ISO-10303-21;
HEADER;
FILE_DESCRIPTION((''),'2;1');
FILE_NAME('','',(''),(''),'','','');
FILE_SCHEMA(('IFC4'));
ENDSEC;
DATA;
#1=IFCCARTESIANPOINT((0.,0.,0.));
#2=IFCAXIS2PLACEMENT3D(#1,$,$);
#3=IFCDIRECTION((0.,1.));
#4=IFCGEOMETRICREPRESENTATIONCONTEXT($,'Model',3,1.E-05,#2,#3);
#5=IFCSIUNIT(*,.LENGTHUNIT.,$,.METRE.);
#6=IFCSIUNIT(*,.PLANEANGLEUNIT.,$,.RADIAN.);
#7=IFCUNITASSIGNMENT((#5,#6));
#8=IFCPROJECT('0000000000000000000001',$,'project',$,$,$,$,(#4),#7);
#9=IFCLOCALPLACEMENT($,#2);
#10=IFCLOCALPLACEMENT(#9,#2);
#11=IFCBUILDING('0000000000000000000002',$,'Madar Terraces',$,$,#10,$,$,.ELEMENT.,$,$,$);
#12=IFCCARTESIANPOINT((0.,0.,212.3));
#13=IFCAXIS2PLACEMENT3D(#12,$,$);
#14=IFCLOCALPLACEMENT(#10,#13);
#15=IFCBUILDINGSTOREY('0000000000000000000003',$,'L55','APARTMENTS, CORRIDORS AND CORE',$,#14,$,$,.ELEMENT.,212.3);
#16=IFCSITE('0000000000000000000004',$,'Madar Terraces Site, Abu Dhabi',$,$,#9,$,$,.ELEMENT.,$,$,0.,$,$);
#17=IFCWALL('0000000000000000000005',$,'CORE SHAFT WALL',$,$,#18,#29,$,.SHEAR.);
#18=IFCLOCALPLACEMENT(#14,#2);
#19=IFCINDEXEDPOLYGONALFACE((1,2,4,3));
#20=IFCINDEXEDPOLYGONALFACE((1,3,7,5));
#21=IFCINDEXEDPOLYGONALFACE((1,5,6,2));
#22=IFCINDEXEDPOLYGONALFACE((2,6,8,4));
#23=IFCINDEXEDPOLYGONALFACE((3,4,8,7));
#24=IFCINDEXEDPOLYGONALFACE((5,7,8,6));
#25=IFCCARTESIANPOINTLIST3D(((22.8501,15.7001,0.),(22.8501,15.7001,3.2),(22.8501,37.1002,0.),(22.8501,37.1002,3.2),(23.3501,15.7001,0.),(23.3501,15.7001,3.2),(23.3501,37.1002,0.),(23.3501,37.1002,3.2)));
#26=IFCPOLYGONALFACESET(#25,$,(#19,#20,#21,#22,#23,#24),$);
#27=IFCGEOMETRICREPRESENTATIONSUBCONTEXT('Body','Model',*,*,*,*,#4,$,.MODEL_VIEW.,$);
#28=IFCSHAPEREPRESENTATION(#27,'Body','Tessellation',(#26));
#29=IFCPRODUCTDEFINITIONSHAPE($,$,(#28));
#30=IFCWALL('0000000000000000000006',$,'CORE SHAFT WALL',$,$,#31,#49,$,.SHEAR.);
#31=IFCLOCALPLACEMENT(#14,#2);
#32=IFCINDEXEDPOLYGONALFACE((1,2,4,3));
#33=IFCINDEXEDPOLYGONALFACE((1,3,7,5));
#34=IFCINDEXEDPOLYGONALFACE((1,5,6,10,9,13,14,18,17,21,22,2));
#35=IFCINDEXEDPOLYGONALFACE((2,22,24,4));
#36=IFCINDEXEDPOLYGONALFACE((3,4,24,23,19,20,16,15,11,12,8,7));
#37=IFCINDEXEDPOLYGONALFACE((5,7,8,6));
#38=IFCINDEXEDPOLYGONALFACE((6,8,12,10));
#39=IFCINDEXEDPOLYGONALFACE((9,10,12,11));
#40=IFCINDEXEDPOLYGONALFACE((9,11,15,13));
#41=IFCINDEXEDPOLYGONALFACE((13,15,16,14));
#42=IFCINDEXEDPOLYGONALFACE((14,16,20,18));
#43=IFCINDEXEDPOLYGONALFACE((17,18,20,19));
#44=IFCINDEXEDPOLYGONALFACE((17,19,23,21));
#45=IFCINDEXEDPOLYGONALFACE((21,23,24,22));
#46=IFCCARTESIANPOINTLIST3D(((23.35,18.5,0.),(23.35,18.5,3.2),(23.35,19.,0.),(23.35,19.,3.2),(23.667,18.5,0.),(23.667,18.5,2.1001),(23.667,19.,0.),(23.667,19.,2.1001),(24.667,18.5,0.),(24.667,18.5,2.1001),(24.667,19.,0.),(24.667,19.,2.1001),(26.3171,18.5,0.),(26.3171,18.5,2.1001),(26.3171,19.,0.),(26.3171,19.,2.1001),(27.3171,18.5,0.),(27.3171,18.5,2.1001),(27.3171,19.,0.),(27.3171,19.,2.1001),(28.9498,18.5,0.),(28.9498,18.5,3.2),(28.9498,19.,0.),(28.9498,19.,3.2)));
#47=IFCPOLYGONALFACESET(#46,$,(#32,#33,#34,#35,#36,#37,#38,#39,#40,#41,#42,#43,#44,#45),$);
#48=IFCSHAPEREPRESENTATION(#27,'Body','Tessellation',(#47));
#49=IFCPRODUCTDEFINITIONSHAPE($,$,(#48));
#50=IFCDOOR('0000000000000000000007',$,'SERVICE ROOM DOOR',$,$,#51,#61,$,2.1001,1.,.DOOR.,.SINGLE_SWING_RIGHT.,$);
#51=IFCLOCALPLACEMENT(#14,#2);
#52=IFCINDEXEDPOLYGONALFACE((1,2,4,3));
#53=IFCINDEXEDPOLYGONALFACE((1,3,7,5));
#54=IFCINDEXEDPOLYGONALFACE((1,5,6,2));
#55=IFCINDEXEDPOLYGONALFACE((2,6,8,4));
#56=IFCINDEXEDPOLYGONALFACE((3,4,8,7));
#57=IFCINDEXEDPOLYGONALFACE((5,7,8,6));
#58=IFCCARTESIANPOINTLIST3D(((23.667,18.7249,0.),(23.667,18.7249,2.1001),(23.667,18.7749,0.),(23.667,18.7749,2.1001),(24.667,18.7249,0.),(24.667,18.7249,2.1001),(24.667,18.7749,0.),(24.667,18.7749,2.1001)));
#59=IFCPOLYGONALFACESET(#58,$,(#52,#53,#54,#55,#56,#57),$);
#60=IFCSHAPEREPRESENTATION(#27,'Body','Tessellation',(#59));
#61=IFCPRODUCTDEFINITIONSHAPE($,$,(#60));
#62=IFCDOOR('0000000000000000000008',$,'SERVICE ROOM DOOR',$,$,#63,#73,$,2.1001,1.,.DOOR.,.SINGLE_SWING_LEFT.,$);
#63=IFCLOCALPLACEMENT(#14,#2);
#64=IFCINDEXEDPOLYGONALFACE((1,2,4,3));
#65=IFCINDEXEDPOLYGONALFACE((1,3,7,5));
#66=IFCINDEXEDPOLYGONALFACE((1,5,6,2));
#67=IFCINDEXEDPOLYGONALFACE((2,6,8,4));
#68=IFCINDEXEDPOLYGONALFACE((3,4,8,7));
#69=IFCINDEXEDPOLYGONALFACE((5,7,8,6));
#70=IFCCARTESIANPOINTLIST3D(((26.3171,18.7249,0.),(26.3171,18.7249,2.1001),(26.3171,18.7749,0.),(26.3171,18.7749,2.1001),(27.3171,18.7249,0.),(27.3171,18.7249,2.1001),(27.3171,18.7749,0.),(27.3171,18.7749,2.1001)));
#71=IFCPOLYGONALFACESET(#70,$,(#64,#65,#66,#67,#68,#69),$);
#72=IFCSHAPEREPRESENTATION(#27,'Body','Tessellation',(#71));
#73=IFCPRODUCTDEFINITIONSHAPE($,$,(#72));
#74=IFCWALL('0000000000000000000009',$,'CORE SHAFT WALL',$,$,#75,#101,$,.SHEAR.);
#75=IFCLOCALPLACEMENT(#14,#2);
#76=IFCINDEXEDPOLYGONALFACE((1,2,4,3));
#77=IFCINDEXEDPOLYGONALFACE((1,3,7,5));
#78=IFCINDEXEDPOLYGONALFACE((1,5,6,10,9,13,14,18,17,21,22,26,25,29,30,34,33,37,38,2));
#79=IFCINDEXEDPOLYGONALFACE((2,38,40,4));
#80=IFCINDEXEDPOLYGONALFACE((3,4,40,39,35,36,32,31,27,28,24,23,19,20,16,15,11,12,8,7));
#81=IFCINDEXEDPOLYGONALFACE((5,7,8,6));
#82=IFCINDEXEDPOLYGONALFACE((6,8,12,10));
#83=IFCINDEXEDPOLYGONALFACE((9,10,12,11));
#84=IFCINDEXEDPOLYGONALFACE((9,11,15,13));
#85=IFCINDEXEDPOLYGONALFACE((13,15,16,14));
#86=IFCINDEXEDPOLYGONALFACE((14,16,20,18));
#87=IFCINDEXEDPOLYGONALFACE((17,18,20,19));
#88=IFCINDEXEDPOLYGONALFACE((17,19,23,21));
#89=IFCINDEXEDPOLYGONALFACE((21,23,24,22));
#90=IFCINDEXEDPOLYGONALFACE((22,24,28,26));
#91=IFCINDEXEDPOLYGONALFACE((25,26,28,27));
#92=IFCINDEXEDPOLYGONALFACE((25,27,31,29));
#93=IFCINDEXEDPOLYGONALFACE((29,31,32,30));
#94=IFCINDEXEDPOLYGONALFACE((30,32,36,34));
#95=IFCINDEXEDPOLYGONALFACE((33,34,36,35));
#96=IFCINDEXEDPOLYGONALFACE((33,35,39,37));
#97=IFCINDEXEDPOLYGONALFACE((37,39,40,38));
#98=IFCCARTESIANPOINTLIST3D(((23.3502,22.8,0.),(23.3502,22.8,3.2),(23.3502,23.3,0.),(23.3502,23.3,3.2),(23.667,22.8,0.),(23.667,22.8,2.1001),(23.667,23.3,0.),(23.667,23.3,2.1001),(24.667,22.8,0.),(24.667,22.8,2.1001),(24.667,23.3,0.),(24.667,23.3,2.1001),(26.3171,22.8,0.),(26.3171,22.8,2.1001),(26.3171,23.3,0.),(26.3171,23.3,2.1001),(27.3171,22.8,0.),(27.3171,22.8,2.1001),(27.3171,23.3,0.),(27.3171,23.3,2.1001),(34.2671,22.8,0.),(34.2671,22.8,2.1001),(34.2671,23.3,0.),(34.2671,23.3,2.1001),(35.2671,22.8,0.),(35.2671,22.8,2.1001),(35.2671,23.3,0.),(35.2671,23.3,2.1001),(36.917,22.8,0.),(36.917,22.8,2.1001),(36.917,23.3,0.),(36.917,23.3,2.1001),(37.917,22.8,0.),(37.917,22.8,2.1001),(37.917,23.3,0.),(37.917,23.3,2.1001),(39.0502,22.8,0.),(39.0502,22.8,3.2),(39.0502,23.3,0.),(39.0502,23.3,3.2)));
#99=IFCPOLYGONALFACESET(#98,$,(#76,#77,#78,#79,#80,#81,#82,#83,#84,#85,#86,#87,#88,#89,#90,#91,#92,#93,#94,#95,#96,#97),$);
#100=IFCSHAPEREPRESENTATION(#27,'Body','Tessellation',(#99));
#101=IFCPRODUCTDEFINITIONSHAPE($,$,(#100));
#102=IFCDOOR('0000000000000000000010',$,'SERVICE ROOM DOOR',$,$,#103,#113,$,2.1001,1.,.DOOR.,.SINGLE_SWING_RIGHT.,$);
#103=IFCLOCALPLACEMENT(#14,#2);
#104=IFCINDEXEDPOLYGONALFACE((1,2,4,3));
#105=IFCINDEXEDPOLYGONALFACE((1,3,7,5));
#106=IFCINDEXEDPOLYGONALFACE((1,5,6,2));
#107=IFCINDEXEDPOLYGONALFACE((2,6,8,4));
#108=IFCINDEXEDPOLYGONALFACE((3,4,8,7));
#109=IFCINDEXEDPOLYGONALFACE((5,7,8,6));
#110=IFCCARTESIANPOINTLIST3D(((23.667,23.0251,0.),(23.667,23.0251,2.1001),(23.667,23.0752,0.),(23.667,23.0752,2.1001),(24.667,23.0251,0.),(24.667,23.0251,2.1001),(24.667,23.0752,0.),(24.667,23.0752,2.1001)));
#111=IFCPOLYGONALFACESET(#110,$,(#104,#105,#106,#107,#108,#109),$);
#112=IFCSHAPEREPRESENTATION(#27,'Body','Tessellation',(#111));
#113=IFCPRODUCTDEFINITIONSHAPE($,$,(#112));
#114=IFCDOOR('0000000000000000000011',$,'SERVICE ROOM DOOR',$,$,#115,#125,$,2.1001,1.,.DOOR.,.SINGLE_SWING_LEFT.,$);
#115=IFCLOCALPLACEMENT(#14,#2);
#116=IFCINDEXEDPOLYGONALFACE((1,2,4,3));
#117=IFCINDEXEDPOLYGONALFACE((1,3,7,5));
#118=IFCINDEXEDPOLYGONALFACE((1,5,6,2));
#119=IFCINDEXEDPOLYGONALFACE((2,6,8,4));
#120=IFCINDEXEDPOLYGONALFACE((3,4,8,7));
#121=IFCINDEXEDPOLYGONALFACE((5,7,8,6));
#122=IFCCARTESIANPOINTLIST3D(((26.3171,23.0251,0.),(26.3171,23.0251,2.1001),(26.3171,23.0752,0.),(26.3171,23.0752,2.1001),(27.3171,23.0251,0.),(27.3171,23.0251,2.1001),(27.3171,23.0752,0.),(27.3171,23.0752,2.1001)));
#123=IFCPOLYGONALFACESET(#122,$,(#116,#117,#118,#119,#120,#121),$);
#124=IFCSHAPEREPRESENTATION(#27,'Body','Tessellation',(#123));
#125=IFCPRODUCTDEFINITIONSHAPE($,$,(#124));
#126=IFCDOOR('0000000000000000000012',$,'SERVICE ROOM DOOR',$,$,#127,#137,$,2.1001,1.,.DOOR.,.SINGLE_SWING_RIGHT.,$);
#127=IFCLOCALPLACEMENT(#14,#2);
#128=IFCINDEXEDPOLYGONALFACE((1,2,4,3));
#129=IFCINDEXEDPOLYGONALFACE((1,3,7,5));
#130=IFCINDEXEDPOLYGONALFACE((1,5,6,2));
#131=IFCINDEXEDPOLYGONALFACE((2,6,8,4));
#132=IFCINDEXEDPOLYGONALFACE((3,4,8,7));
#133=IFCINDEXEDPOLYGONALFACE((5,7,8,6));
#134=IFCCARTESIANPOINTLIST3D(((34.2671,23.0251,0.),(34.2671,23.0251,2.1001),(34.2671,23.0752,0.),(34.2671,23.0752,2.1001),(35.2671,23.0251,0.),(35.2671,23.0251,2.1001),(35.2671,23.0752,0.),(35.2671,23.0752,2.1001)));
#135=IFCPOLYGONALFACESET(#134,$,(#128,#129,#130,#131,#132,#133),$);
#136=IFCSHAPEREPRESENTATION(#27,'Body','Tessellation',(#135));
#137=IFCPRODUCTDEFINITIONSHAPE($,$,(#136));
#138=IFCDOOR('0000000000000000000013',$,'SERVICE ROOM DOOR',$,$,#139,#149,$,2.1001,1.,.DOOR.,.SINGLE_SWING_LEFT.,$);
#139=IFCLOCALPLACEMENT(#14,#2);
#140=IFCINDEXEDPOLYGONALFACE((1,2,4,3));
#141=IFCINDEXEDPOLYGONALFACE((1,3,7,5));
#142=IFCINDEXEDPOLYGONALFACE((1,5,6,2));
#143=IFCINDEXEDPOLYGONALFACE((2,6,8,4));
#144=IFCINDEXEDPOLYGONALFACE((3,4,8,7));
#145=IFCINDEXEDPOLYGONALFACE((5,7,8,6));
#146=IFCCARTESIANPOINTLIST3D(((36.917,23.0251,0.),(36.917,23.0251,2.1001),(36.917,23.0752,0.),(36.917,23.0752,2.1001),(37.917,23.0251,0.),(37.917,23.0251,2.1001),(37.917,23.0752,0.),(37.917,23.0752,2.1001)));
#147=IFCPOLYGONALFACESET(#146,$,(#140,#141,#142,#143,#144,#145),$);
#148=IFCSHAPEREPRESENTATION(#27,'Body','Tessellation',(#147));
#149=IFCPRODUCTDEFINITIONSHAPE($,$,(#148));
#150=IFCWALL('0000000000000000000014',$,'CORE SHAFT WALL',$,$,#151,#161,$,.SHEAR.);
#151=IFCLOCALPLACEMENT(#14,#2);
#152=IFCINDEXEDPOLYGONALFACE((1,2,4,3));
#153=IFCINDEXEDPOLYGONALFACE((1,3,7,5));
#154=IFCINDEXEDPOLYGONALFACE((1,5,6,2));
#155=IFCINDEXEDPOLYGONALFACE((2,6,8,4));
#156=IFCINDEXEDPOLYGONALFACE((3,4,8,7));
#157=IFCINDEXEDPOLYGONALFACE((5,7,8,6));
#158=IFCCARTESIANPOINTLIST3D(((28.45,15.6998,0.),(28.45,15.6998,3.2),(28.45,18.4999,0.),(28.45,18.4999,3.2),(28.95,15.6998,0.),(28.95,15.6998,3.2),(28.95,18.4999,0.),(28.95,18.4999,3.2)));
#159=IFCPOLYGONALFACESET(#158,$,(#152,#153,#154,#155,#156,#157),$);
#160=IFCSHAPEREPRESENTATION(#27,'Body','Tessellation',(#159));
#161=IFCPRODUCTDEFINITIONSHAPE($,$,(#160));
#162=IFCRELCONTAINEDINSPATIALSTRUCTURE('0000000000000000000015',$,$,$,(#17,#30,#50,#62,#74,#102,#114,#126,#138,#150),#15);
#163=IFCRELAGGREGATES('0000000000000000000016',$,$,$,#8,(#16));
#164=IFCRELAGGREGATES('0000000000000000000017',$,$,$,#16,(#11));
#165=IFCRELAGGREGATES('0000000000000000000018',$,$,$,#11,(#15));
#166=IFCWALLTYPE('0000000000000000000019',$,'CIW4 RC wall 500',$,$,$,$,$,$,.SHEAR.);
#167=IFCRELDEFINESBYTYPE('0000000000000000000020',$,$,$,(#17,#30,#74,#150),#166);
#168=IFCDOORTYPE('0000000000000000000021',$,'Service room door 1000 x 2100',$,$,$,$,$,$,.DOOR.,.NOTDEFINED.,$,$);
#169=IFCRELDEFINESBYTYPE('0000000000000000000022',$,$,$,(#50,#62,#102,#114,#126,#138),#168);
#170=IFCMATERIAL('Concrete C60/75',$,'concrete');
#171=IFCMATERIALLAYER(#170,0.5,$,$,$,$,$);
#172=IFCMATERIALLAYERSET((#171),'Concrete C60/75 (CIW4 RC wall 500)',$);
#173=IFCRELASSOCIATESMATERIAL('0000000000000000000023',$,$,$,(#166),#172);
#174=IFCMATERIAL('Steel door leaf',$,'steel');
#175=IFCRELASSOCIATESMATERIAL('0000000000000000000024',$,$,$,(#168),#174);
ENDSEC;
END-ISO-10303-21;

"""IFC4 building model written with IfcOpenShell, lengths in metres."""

from ifc_helpers import new_model, si_unit, direction, frame, frame_2d, origin, place, context, subcontext, project, spatial, rectangle, extrude, material, layer, layer_set, type_object, element, fill, save


model = new_model("IFC4")

# Units and contexts
model_context = context("Model", 3, precision=1e-05, world=origin(), true_north=direction((0.0, 1.0)))
body_context = subcontext(model_context, "Body", "Model", "MODEL_VIEW")
ifc_project = project(units=[si_unit("LENGTHUNIT", "METRE"), si_unit("PLANEANGLEUNIT", "RADIAN")], contexts=[model_context])

# Site, building, storey
site_placement = place(None, origin())
site = spatial("IfcSite", under=ifc_project, at=site_placement, Name="Madar Terraces Site, Abu Dhabi", CompositionType="ELEMENT", RefElevation=0.0)
building_placement = place(site_placement, origin())
building = spatial("IfcBuilding", under=site, at=building_placement, Name="Madar Terraces", CompositionType="ELEMENT")
storey_placement = place(building_placement, frame((0.0, 0.0, 212.3)))
storey = spatial("IfcBuildingStorey", under=building, at=storey_placement, Name="L55", Description="APARTMENTS, CORRIDORS AND CORE", CompositionType="ELEMENT", Elevation=212.3)

# Wall
ifc_material_1 = material(Name="Concrete C60/75", Category="concrete")
ifc_layer_1 = layer(ifc_material_1, 0.5)
ifc_layer_set_1 = layer_set([ifc_layer_1], Name="Concrete C60/75 (CIW4 RC wall 500)")
wall_type_1 = type_object("IfcWallType", Name="CIW4 RC wall 500", PredefinedType="SHEAR", material=ifc_layer_set_1)
wall_1_placement = place(storey_placement, frame((23.1001, 15.7, 0.0), z_axis=(0.0, 0.0, 1.0), x_axis=(0.0, 1.0, 0.0)))
element("IfcWall", 1, at=wall_1_placement, inside=storey, type_object=wall_type_1, Name="CORE SHAFT WALL", PredefinedType="SHEAR", context=body_context, shape_type="SweptSolid", body=[
    extrude(rectangle(XDim=21.4001, YDim=0.5, at=frame_2d((10.7002, 0.0))), origin(), (0.0, 0.0, 1.0), 3.2),
])

# Walls, openings, doors
wall_2_placement = place(storey_placement, frame((23.3501, 18.75, 0.0), z_axis=(0.0, 0.0, 1.0), x_axis=(1.0, 0.0, 0.0)))
wall_2 = element("IfcWall", 2, at=wall_2_placement, inside=storey, type_object=wall_type_1, Name="CORE SHAFT WALL", PredefinedType="SHEAR", context=body_context, shape_type="SweptSolid", body=[
    extrude(rectangle(XDim=5.5999, YDim=0.5, at=frame_2d((2.7998, 0.0))), origin(), (0.0, 0.0, 1.0), 3.2),
])
opening_1_placement = place(wall_2_placement, frame((0.3169, 0.0, 0.0)))
opening_1 = element("IfcOpeningElement", 3, at=opening_1_placement, cuts=wall_2, PredefinedType="OPENING", context=body_context, shape_type="SweptSolid", body=[
    extrude(rectangle(XDim=1.0, YDim=2.1001, at=frame_2d((0.5, 1.05))), frame((0.0, 0.26, 0.0), z_axis=(0.0, -1.0, 0.0), x_axis=(1.0, 0.0, 0.0)), (0.0, 0.0, 1.0), 0.52),
])
opening_2_placement = place(wall_2_placement, frame((2.967, 0.0, 0.0)))
opening_2 = element("IfcOpeningElement", 4, at=opening_2_placement, cuts=wall_2, PredefinedType="OPENING", context=body_context, shape_type="SweptSolid", body=[
    extrude(rectangle(XDim=1.0, YDim=2.1001, at=frame_2d((0.5, 1.05))), frame((0.0, 0.26, 0.0), z_axis=(0.0, -1.0, 0.0), x_axis=(1.0, 0.0, 0.0)), (0.0, 0.0, 1.0), 0.52),
])
ifc_material_2 = material(Name="Steel door leaf", Category="steel")
door_type = type_object("IfcDoorType", Name="Service room door 1000 x 2100", OperationType="NOTDEFINED", PredefinedType="DOOR", material=ifc_material_2)
door_1_placement = place(opening_1_placement, origin())
door_1 = element("IfcDoor", 5, at=door_1_placement, inside=storey, type_object=door_type, Name="SERVICE ROOM DOOR", OperationType="SINGLE_SWING_RIGHT", OverallHeight=2.1001, OverallWidth=1.0, PredefinedType="DOOR", context=body_context, shape_type="SweptSolid", body=[
    extrude(rectangle(XDim=1.0, YDim=2.1001, at=frame_2d((0.5, 1.05))), frame((0.0, 0.0249, 0.0), z_axis=(0.0, -1.0, 0.0), x_axis=(1.0, 0.0, 0.0)), (0.0, 0.0, 1.0), 0.05),
])
fill(opening_1, door_1)
door_2_placement = place(opening_2_placement, origin())
door_2 = element("IfcDoor", 6, at=door_2_placement, inside=storey, type_object=door_type, Name="SERVICE ROOM DOOR", OperationType="SINGLE_SWING_LEFT", OverallHeight=2.1001, OverallWidth=1.0, PredefinedType="DOOR", context=body_context, shape_type="SweptSolid", body=[
    extrude(rectangle(XDim=1.0, YDim=2.1001, at=frame_2d((0.5, 1.05))), frame((0.0, 0.0249, 0.0), z_axis=(0.0, -1.0, 0.0), x_axis=(1.0, 0.0, 0.0)), (0.0, 0.0, 1.0), 0.05),
])
fill(opening_2, door_2)
wall_3_placement = place(storey_placement, frame((23.3501, 23.05, 0.0), z_axis=(0.0, 0.0, 1.0), x_axis=(1.0, 0.0, 0.0)))
wall_3 = element("IfcWall", 7, at=wall_3_placement, inside=storey, type_object=wall_type_1, Name="CORE SHAFT WALL", PredefinedType="SHEAR", context=body_context, shape_type="SweptSolid", body=[
    extrude(rectangle(XDim=15.7, YDim=0.5, at=frame_2d((7.8501, 0.0))), origin(), (0.0, 0.0, 1.0), 3.2),
])
opening_3_placement = place(wall_3_placement, frame((0.3169, 0.0, 0.0)))
opening_3 = element("IfcOpeningElement", 8, at=opening_3_placement, cuts=wall_3, PredefinedType="OPENING", context=body_context, shape_type="SweptSolid", body=[
    extrude(rectangle(XDim=1.0, YDim=2.1001, at=frame_2d((0.5, 1.05))), frame((0.0, 0.26, 0.0), z_axis=(0.0, -1.0, 0.0), x_axis=(1.0, 0.0, 0.0)), (0.0, 0.0, 1.0), 0.52),
])
opening_4_placement = place(wall_3_placement, frame((2.967, 0.0, 0.0)))
opening_4 = element("IfcOpeningElement", 9, at=opening_4_placement, cuts=wall_3, PredefinedType="OPENING", context=body_context, shape_type="SweptSolid", body=[
    extrude(rectangle(XDim=1.0, YDim=2.1001, at=frame_2d((0.5, 1.05))), frame((0.0, 0.26, 0.0), z_axis=(0.0, -1.0, 0.0), x_axis=(1.0, 0.0, 0.0)), (0.0, 0.0, 1.0), 0.52),
])
opening_5_placement = place(wall_3_placement, frame((10.917, 0.0, 0.0)))
opening_5 = element("IfcOpeningElement", 10, at=opening_5_placement, cuts=wall_3, PredefinedType="OPENING", context=body_context, shape_type="SweptSolid", body=[
    extrude(rectangle(XDim=1.0, YDim=2.1001, at=frame_2d((0.5, 1.05))), frame((0.0, 0.26, 0.0), z_axis=(0.0, -1.0, 0.0), x_axis=(1.0, 0.0, 0.0)), (0.0, 0.0, 1.0), 0.52),
])
opening_6_placement = place(wall_3_placement, frame((13.5669, 0.0, 0.0)))
opening_6 = element("IfcOpeningElement", 11, at=opening_6_placement, cuts=wall_3, PredefinedType="OPENING", context=body_context, shape_type="SweptSolid", body=[
    extrude(rectangle(XDim=1.0, YDim=2.1001, at=frame_2d((0.5, 1.05))), frame((0.0, 0.26, 0.0), z_axis=(0.0, -1.0, 0.0), x_axis=(1.0, 0.0, 0.0)), (0.0, 0.0, 1.0), 0.52),
])
door_3_placement = place(opening_3_placement, frame((1.0, 0.0, 0.0), z_axis=(0.0, 0.0, 1.0), x_axis=(-1.0, 0.0, 0.0)))
door_3 = element("IfcDoor", 12, at=door_3_placement, inside=storey, type_object=door_type, Name="SERVICE ROOM DOOR", OperationType="SINGLE_SWING_RIGHT", OverallHeight=2.1001, OverallWidth=1.0, PredefinedType="DOOR", context=body_context, shape_type="SweptSolid", body=[
    extrude(rectangle(XDim=1.0, YDim=2.1001, at=frame_2d((0.5, 1.05))), frame((0.0, 0.0249, 0.0), z_axis=(0.0, -1.0, 0.0), x_axis=(1.0, 0.0, 0.0)), (0.0, 0.0, 1.0), 0.05),
])
fill(opening_3, door_3)
door_4_placement = place(opening_4_placement, frame((1.0, 0.0, 0.0), z_axis=(0.0, 0.0, 1.0), x_axis=(-1.0, 0.0, 0.0)))
door_4 = element("IfcDoor", 13, at=door_4_placement, inside=storey, type_object=door_type, Name="SERVICE ROOM DOOR", OperationType="SINGLE_SWING_LEFT", OverallHeight=2.1001, OverallWidth=1.0, PredefinedType="DOOR", context=body_context, shape_type="SweptSolid", body=[
    extrude(rectangle(XDim=1.0, YDim=2.1001, at=frame_2d((0.5, 1.05))), frame((0.0, 0.0249, 0.0), z_axis=(0.0, -1.0, 0.0), x_axis=(1.0, 0.0, 0.0)), (0.0, 0.0, 1.0), 0.05),
])
fill(opening_4, door_4)
door_5_placement = place(opening_5_placement, frame((1.0, 0.0, 0.0), z_axis=(0.0, 0.0, 1.0), x_axis=(-1.0, 0.0, 0.0)))
door_5 = element("IfcDoor", 14, at=door_5_placement, inside=storey, type_object=door_type, Name="SERVICE ROOM DOOR", OperationType="SINGLE_SWING_RIGHT", OverallHeight=2.1001, OverallWidth=1.0, PredefinedType="DOOR", context=body_context, shape_type="SweptSolid", body=[
    extrude(rectangle(XDim=1.0, YDim=2.1001, at=frame_2d((0.5, 1.05))), frame((0.0, 0.0249, 0.0), z_axis=(0.0, -1.0, 0.0), x_axis=(1.0, 0.0, 0.0)), (0.0, 0.0, 1.0), 0.05),
])
fill(opening_5, door_5)
door_6_placement = place(opening_6_placement, frame((1.0, 0.0, 0.0), z_axis=(0.0, 0.0, 1.0), x_axis=(-1.0, 0.0, 0.0)))
door_6 = element("IfcDoor", 15, at=door_6_placement, inside=storey, type_object=door_type, Name="SERVICE ROOM DOOR", OperationType="SINGLE_SWING_LEFT", OverallHeight=2.1001, OverallWidth=1.0, PredefinedType="DOOR", context=body_context, shape_type="SweptSolid", body=[
    extrude(rectangle(XDim=1.0, YDim=2.1001, at=frame_2d((0.5, 1.05))), frame((0.0, 0.0249, 0.0), z_axis=(0.0, -1.0, 0.0), x_axis=(1.0, 0.0, 0.0)), (0.0, 0.0, 1.0), 0.05),
])
fill(opening_6, door_6)

# Wall
wall_4_placement = place(storey_placement, frame((28.7, 15.7, 0.0), z_axis=(0.0, 0.0, 1.0), x_axis=(0.0, 1.0, 0.0)))
element("IfcWall", 16, at=wall_4_placement, inside=storey, type_object=wall_type_1, Name="CORE SHAFT WALL", PredefinedType="SHEAR", context=body_context, shape_type="SweptSolid", body=[
    extrude(rectangle(XDim=2.8, YDim=0.5, at=frame_2d((1.3999, 0.0))), origin(), (0.0, 0.0, 1.0), 3.2),
])

save(model, "model.ifc")
